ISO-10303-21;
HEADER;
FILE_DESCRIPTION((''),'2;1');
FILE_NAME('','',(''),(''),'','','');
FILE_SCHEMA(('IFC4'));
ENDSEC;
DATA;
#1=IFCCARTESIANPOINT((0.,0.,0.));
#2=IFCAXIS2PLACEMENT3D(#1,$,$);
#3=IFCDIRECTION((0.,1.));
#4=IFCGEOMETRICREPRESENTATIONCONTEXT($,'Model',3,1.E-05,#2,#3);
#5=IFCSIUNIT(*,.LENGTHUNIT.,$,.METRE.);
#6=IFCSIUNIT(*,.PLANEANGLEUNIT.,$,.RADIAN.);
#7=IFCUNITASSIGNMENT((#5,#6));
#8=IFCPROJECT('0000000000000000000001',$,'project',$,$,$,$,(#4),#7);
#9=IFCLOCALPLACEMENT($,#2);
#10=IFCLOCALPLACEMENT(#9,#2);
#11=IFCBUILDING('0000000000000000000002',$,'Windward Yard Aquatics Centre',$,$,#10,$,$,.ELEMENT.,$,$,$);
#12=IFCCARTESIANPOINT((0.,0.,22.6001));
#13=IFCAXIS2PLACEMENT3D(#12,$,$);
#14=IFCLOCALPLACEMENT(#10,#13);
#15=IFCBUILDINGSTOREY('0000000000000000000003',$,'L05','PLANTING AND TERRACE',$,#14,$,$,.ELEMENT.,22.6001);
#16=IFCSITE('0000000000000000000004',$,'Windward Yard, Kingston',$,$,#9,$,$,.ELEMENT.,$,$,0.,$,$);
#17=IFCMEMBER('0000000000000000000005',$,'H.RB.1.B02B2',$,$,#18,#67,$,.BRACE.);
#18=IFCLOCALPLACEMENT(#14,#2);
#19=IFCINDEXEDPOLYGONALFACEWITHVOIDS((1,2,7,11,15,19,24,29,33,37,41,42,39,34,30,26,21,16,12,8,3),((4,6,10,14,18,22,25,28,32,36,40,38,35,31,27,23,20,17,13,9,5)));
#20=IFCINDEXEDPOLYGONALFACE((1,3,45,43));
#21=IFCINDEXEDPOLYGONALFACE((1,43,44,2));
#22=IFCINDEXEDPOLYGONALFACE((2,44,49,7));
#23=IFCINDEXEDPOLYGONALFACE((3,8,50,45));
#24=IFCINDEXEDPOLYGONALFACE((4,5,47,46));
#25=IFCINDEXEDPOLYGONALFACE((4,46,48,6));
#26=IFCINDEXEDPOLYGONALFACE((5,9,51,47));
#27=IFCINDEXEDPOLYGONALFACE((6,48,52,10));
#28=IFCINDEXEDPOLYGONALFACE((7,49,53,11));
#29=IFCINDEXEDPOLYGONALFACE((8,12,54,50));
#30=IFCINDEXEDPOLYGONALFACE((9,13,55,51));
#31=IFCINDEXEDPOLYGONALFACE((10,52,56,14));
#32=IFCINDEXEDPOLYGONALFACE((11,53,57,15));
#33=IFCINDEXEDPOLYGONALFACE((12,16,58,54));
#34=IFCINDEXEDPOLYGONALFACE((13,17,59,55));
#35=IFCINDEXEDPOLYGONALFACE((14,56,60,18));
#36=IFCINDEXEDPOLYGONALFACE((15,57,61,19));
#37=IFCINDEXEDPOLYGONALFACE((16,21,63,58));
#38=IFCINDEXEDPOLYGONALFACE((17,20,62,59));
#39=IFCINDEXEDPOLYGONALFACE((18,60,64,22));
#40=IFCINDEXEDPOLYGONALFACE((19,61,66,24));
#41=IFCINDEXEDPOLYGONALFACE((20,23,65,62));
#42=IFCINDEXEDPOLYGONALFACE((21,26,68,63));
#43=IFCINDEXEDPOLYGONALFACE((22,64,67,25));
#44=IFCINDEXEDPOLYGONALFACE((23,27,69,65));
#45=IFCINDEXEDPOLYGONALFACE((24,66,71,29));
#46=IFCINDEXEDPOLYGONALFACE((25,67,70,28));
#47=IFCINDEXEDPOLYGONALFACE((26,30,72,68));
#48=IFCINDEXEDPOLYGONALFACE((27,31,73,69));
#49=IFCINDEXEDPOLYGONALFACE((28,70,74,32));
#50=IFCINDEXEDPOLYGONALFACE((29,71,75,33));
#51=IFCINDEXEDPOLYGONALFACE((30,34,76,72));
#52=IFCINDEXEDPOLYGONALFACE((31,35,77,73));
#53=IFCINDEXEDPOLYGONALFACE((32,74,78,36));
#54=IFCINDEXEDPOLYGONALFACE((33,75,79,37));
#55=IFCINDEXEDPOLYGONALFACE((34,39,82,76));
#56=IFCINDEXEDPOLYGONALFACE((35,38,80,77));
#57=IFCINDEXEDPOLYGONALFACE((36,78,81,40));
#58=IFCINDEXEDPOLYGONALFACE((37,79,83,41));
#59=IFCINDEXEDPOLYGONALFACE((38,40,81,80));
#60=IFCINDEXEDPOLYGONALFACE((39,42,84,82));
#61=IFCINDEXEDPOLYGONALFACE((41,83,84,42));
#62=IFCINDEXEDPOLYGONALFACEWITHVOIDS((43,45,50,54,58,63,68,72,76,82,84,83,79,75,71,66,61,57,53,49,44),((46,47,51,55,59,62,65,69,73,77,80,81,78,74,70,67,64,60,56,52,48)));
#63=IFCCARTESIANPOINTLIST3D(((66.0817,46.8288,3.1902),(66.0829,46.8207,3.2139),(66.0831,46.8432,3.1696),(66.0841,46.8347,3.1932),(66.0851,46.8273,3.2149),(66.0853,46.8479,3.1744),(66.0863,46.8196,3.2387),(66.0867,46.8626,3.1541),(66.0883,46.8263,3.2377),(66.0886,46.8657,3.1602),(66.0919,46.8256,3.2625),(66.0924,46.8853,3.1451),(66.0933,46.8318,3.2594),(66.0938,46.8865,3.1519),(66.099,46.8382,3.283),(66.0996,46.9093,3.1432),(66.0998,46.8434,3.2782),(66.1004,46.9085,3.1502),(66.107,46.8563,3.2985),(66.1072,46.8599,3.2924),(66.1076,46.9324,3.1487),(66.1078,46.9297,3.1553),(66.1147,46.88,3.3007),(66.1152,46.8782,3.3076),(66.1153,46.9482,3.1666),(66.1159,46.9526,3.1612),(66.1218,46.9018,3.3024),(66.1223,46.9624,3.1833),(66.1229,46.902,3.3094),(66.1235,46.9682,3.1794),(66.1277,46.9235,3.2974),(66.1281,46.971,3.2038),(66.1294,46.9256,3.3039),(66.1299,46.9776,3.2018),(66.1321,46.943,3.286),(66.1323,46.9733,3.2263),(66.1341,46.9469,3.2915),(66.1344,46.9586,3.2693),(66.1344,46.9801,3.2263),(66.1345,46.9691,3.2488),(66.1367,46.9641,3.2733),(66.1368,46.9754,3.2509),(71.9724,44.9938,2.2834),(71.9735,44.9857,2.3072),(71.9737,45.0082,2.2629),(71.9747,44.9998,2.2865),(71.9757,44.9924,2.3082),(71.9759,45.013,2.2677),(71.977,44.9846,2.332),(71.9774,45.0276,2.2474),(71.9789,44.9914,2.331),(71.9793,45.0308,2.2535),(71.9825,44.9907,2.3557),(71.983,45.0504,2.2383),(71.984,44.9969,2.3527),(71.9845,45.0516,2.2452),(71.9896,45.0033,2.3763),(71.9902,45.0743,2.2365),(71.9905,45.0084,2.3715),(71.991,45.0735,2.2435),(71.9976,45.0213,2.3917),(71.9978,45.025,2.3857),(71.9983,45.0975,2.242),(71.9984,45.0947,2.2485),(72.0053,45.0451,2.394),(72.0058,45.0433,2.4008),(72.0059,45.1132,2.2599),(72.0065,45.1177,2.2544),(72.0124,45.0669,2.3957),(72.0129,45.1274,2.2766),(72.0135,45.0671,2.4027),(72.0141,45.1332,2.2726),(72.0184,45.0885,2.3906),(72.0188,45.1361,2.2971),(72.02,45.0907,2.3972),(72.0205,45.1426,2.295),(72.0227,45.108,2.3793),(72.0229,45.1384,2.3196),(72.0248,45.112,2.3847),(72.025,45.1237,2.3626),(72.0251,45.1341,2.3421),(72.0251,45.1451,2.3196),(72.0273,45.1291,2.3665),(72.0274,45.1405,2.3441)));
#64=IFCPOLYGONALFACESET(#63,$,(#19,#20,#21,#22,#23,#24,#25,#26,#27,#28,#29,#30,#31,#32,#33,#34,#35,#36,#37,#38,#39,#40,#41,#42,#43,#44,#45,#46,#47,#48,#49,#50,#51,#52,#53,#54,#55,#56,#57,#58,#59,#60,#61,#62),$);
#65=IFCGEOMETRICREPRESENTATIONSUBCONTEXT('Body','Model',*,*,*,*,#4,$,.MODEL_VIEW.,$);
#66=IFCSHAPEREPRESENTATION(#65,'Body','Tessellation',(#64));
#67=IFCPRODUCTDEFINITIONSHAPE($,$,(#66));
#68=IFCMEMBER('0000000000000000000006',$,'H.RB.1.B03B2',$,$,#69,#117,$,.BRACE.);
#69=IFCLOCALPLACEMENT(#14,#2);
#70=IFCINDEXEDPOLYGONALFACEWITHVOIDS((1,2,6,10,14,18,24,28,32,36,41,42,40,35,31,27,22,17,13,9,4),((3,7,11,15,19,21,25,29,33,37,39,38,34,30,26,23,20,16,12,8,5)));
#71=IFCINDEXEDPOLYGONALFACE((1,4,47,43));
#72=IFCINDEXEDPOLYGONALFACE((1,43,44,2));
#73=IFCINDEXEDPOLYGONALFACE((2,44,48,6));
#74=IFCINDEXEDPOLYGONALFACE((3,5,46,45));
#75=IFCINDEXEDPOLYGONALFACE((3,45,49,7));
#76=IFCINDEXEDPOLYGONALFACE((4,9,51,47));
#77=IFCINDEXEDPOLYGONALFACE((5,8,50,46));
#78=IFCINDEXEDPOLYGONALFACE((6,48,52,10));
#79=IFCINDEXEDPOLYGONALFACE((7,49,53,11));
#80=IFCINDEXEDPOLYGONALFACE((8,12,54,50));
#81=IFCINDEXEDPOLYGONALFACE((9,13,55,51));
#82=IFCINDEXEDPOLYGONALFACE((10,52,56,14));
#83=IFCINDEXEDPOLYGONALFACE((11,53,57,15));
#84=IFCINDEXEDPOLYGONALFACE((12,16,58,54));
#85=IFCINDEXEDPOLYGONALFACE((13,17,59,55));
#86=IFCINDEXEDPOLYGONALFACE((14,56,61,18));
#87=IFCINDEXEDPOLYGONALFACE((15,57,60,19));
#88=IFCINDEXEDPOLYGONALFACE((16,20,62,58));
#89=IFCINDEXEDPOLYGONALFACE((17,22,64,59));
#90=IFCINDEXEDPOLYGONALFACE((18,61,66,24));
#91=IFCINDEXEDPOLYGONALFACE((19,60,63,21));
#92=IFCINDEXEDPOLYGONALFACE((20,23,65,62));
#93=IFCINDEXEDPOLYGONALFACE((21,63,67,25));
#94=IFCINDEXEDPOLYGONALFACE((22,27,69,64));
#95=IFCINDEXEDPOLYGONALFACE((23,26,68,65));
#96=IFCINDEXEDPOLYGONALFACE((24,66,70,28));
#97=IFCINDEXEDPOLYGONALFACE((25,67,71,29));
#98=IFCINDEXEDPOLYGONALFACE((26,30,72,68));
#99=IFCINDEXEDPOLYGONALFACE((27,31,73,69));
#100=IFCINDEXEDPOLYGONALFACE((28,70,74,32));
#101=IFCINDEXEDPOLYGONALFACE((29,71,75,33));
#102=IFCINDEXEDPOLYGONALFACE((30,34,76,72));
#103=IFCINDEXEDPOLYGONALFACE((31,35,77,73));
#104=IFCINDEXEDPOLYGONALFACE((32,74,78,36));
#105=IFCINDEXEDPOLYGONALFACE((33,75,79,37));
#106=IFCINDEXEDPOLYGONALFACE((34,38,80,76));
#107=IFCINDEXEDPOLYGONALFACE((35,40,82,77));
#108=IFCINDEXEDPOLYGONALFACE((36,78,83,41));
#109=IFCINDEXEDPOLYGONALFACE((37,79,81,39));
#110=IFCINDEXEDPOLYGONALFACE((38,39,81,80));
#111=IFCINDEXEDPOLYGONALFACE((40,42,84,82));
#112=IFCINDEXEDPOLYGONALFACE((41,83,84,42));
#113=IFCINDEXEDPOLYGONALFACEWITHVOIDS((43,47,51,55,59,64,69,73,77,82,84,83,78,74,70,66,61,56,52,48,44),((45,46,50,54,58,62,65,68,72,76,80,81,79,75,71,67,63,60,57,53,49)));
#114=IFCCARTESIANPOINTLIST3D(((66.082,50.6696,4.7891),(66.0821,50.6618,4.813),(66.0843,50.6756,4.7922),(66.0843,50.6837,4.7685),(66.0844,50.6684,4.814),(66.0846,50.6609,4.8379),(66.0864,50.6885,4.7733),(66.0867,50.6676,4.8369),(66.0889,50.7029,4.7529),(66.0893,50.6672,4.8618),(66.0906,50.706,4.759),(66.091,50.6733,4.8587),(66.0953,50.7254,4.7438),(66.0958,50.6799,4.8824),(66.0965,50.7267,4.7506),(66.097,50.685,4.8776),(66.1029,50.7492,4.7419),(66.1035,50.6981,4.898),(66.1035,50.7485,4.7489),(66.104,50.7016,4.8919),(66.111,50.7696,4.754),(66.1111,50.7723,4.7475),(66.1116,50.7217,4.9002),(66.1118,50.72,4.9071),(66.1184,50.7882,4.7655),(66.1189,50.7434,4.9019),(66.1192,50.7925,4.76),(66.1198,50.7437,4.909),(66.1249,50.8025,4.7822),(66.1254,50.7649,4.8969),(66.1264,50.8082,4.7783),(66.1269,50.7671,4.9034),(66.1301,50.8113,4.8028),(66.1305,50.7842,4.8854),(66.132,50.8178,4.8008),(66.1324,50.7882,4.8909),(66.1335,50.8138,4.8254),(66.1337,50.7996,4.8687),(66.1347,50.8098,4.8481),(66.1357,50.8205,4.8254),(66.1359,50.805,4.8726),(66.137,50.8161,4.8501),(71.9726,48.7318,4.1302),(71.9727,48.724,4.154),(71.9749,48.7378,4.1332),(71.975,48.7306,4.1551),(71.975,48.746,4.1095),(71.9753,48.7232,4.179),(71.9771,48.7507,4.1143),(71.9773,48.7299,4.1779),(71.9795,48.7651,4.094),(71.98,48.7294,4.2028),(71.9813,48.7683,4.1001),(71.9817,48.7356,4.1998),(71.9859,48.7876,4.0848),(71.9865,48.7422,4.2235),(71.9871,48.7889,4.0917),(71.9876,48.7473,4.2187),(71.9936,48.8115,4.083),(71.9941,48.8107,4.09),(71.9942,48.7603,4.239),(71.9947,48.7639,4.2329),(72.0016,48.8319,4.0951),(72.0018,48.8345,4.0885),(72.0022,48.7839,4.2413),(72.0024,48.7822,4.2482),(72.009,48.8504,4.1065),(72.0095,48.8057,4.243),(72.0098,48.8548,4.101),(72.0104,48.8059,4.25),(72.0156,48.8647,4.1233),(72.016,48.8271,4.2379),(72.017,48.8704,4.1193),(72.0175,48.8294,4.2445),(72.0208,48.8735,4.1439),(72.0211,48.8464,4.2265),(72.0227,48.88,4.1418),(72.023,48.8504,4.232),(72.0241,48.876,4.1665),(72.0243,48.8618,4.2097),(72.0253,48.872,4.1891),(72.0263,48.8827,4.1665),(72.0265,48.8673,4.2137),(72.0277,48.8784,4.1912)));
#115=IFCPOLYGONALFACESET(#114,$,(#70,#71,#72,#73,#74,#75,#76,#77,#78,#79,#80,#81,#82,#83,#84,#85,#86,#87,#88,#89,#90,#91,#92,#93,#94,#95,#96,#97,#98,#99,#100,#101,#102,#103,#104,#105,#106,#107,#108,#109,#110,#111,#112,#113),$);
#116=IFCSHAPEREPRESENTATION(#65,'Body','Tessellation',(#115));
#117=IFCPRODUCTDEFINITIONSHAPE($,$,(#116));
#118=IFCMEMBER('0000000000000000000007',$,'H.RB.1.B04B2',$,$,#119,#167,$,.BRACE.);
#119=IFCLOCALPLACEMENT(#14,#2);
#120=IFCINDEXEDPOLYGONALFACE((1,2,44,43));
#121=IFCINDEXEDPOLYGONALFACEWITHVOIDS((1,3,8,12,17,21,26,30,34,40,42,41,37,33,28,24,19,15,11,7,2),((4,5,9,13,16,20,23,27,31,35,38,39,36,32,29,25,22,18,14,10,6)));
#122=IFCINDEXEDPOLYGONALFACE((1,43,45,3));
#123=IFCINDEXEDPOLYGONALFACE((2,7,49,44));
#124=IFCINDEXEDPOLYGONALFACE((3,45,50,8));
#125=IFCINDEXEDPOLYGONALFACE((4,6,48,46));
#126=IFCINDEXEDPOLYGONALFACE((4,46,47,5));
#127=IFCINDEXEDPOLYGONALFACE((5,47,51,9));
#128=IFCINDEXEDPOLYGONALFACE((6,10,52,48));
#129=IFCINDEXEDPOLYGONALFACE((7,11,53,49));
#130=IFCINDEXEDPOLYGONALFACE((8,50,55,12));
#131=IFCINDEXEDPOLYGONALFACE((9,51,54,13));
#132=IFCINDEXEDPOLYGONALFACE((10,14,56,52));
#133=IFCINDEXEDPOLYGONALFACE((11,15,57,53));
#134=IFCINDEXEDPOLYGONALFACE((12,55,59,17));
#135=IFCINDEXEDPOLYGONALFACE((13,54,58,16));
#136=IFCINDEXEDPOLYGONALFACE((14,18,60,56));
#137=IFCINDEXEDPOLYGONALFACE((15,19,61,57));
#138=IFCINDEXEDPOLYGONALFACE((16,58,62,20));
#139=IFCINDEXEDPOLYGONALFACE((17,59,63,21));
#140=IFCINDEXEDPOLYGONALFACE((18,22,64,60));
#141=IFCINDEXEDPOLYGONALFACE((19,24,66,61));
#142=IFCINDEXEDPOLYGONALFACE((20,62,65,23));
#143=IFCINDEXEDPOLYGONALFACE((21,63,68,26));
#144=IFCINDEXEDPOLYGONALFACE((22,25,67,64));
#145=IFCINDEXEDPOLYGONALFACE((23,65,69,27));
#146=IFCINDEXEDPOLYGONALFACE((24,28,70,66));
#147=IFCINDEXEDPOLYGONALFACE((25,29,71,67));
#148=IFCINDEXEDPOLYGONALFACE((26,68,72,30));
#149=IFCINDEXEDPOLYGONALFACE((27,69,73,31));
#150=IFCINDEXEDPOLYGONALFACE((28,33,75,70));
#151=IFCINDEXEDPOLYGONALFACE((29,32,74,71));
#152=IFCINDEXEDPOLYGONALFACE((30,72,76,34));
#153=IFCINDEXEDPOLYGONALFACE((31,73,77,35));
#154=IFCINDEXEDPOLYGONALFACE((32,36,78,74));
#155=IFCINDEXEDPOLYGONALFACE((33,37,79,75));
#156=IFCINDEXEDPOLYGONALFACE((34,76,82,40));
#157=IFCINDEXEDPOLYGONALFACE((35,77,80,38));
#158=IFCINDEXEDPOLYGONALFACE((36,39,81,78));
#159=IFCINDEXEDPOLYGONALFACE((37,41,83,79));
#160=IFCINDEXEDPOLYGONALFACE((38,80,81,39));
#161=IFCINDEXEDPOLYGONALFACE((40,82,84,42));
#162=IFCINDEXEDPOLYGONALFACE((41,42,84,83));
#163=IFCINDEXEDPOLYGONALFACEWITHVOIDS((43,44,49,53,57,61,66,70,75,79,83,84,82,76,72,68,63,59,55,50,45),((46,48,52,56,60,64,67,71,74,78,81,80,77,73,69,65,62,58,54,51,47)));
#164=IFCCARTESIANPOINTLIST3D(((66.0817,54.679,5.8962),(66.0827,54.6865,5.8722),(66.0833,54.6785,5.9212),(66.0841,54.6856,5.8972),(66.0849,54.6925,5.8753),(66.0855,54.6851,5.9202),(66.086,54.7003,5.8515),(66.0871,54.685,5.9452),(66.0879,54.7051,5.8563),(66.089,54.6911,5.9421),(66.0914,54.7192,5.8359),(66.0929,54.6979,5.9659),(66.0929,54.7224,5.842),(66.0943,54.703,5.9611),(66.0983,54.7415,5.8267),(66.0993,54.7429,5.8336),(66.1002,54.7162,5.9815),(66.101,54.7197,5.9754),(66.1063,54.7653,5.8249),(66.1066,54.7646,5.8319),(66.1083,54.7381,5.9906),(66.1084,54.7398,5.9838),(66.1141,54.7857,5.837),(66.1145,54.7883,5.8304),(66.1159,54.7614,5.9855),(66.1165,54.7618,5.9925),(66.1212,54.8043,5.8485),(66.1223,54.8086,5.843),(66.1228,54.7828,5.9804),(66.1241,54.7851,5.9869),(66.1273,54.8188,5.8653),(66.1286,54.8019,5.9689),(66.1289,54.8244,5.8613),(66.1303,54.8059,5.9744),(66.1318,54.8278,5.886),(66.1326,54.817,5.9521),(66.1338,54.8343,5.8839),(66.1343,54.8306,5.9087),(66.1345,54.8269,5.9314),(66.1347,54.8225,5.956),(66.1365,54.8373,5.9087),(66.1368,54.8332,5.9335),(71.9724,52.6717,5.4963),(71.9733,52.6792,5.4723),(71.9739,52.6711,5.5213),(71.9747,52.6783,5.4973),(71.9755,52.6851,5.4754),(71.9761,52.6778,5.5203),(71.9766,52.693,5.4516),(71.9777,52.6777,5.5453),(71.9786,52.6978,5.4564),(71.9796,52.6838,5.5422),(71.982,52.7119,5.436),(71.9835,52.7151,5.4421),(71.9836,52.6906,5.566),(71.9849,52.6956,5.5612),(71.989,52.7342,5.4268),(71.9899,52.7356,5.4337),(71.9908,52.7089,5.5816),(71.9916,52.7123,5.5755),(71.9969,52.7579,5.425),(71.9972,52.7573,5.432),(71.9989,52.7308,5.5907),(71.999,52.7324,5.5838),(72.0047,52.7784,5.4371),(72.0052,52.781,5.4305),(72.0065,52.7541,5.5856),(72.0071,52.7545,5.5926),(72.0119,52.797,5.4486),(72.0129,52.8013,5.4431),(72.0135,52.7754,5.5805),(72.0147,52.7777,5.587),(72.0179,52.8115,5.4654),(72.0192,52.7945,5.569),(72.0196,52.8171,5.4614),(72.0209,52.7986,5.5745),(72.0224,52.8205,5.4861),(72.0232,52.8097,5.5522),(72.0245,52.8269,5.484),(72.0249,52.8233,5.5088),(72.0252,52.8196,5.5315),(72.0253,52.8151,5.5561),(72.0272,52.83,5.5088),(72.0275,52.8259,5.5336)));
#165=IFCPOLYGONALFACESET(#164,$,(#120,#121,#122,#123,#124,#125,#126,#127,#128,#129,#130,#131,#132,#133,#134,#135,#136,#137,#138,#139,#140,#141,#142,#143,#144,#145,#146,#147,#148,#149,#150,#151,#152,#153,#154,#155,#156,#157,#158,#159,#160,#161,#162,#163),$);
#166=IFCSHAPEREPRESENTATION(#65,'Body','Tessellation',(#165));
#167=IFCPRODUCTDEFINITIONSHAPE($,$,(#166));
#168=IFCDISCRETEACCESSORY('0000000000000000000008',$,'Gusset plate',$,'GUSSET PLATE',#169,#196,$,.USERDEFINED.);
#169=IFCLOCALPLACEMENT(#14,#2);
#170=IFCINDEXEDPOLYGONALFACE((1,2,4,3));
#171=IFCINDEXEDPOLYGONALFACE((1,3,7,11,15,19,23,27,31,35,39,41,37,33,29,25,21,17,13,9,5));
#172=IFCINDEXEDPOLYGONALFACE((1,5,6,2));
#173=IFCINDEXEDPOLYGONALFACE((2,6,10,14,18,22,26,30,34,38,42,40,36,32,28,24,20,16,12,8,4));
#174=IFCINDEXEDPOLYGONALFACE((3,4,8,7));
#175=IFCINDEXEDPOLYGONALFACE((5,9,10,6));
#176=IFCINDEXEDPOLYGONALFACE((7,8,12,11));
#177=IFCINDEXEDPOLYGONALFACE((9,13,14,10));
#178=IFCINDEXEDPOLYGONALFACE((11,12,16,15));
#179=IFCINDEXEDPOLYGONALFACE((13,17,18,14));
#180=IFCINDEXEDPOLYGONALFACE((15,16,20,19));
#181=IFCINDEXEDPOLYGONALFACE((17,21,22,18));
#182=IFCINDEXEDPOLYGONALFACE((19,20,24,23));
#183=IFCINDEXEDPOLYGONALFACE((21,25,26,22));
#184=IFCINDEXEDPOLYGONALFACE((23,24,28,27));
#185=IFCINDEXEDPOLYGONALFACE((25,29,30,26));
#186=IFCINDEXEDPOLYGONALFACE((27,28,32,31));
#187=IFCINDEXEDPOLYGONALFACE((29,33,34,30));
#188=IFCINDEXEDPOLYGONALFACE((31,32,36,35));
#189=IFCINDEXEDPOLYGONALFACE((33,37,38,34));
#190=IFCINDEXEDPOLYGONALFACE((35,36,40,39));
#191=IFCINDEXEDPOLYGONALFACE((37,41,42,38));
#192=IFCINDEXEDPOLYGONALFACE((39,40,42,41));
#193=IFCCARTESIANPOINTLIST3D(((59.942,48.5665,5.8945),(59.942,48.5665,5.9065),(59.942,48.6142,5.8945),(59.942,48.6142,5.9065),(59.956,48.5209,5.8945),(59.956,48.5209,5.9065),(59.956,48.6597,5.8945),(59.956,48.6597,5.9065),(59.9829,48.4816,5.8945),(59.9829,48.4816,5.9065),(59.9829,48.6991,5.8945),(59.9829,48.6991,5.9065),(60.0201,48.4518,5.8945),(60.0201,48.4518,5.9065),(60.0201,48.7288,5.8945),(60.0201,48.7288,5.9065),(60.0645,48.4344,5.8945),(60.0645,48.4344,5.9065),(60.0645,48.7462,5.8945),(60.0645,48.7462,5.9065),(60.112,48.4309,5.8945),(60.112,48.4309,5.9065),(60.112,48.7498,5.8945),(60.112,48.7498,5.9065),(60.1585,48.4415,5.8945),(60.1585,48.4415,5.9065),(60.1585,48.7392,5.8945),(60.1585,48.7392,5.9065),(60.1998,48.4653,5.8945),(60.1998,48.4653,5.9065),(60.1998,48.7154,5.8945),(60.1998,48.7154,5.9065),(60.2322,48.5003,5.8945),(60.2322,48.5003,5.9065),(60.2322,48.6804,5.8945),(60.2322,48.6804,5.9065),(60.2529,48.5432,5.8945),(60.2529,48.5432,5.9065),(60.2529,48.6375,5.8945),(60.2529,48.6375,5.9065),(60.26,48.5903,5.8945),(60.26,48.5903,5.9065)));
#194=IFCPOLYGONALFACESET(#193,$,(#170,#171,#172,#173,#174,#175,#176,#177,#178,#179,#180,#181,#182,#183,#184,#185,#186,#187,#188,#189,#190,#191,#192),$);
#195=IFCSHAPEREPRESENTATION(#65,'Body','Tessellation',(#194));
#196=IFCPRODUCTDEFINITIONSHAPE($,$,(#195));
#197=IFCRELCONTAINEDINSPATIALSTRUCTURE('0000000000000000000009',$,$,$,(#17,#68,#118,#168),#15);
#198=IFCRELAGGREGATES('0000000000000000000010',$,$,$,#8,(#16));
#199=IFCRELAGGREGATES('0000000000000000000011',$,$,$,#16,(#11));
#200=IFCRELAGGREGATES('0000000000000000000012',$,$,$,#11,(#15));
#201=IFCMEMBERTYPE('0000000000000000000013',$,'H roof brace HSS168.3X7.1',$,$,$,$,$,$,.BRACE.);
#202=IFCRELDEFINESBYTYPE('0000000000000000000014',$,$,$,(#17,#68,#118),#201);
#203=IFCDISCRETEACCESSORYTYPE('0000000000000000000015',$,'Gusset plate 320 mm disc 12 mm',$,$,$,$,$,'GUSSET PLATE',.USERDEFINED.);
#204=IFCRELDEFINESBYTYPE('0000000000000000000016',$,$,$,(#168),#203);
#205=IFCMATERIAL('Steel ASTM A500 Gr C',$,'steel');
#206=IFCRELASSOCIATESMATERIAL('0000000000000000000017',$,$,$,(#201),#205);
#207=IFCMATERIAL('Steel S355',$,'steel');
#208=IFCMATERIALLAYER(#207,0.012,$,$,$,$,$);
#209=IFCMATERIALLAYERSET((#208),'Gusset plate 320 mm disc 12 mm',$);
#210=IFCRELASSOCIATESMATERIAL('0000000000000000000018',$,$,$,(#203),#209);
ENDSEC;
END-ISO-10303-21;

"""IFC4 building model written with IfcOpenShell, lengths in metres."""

from ifc_helpers import new_model, si_unit, direction, frame, origin, origin_2d, place, context, subcontext, project, spatial, circle, hollow_circle, extrude, material, layer, layer_set, material_profile, profile_set, type_object, element, save


model = new_model("IFC4")

# Units and contexts
model_context = context("Model", 3, precision=1e-05, world=origin(), true_north=direction((0.0, 1.0)))
body_context = subcontext(model_context, "Body", "Model", "MODEL_VIEW")
ifc_project = project(units=[si_unit("LENGTHUNIT", "METRE"), si_unit("PLANEANGLEUNIT", "RADIAN")], contexts=[model_context])

# Site, building, storey
site_placement = place(None, origin())
site = spatial("IfcSite", under=ifc_project, at=site_placement, Name="Windward Yard, Kingston", CompositionType="ELEMENT", RefElevation=0.0)
building_placement = place(site_placement, origin())
building = spatial("IfcBuilding", under=site, at=building_placement, Name="Windward Yard Aquatics Centre", CompositionType="ELEMENT")
storey_placement = place(building_placement, frame((0.0, 0.0, 22.6001)))
storey = spatial("IfcBuildingStorey", under=building, at=storey_placement, Name="L05", Description="PLANTING AND TERRACE", CompositionType="ELEMENT", Elevation=22.6001)

# Members
ifc_material_1 = material(Name="Steel ASTM A500 Gr C", Category="steel")
ifc_material_profile = material_profile(ifc_material_1, hollow_circle(Radius=0.0842, WallThickness=0.0071, at=origin_2d()), Name="HSS168.3X7.1")
ifc_profile_set = profile_set([ifc_material_profile], Name="Steel ASTM A500 Gr C")
member_type = type_object("IfcMemberType", Name="H roof brace HSS168.3X7.1", PredefinedType="BRACE", material=ifc_profile_set)
for number, where, z_axis, x_axis, name in (
    (1, (66.1094, 46.8997, 3.2263), (0.944604, -0.294249, -0.145402), (0.29741, 0.95475, 0.0), "H.RB.1.B02B2"),
    (2, (66.1094, 50.7405, 4.8254), (0.944606, -0.310732, -0.105665), (0.312481, 0.949924, 0.0), "H.RB.1.B03B2"),
    (3, (66.1094, 54.7576, 5.9087), (0.944603, -0.321889, -0.064127), (0.322553, 0.946552, 0.0), "H.RB.1.B04B2"),
):
    element("IfcMember", number, at=place(storey_placement, frame(where, z_axis=z_axis, x_axis=x_axis)), inside=storey, type_object=member_type, Name=name, PredefinedType="BRACE", context=body_context, shape_type="SweptSolid", body=[
        extrude(hollow_circle(Radius=0.0842, WallThickness=0.0071, at=origin_2d()), origin(), (0.0, 0.0, 1.0), 6.2361),
    ])

# Discrete accessory
ifc_material_2 = material(Name="Steel S355", Category="steel")
ifc_layer = layer(ifc_material_2, 0.012)
ifc_layer_set = layer_set([ifc_layer], Name="Gusset plate 320 mm disc 12 mm")
discrete_accessory_type = type_object("IfcDiscreteAccessoryType", Name="Gusset plate 320 mm disc 12 mm", ElementType="GUSSET PLATE", PredefinedType="USERDEFINED", material=ifc_layer_set)
for number, where, z_axis, x_axis, name in (
    (4, (60.1001, 48.5903, 5.8945), (0.0, 0.0, 1.0), (1.0, 0.0, 0.0), "Gusset plate"),
):
    element("IfcDiscreteAccessory", number, at=place(storey_placement, frame(where, z_axis=z_axis, x_axis=x_axis)), inside=storey, type_object=discrete_accessory_type, Name=name, ObjectType="GUSSET PLATE", PredefinedType="USERDEFINED", context=body_context, shape_type="SweptSolid", body=[
        extrude(circle(Radius=0.1599, at=origin_2d()), origin(), (0.0, 0.0, 1.0), 0.012),
    ])

save(model, "model.ifc")
